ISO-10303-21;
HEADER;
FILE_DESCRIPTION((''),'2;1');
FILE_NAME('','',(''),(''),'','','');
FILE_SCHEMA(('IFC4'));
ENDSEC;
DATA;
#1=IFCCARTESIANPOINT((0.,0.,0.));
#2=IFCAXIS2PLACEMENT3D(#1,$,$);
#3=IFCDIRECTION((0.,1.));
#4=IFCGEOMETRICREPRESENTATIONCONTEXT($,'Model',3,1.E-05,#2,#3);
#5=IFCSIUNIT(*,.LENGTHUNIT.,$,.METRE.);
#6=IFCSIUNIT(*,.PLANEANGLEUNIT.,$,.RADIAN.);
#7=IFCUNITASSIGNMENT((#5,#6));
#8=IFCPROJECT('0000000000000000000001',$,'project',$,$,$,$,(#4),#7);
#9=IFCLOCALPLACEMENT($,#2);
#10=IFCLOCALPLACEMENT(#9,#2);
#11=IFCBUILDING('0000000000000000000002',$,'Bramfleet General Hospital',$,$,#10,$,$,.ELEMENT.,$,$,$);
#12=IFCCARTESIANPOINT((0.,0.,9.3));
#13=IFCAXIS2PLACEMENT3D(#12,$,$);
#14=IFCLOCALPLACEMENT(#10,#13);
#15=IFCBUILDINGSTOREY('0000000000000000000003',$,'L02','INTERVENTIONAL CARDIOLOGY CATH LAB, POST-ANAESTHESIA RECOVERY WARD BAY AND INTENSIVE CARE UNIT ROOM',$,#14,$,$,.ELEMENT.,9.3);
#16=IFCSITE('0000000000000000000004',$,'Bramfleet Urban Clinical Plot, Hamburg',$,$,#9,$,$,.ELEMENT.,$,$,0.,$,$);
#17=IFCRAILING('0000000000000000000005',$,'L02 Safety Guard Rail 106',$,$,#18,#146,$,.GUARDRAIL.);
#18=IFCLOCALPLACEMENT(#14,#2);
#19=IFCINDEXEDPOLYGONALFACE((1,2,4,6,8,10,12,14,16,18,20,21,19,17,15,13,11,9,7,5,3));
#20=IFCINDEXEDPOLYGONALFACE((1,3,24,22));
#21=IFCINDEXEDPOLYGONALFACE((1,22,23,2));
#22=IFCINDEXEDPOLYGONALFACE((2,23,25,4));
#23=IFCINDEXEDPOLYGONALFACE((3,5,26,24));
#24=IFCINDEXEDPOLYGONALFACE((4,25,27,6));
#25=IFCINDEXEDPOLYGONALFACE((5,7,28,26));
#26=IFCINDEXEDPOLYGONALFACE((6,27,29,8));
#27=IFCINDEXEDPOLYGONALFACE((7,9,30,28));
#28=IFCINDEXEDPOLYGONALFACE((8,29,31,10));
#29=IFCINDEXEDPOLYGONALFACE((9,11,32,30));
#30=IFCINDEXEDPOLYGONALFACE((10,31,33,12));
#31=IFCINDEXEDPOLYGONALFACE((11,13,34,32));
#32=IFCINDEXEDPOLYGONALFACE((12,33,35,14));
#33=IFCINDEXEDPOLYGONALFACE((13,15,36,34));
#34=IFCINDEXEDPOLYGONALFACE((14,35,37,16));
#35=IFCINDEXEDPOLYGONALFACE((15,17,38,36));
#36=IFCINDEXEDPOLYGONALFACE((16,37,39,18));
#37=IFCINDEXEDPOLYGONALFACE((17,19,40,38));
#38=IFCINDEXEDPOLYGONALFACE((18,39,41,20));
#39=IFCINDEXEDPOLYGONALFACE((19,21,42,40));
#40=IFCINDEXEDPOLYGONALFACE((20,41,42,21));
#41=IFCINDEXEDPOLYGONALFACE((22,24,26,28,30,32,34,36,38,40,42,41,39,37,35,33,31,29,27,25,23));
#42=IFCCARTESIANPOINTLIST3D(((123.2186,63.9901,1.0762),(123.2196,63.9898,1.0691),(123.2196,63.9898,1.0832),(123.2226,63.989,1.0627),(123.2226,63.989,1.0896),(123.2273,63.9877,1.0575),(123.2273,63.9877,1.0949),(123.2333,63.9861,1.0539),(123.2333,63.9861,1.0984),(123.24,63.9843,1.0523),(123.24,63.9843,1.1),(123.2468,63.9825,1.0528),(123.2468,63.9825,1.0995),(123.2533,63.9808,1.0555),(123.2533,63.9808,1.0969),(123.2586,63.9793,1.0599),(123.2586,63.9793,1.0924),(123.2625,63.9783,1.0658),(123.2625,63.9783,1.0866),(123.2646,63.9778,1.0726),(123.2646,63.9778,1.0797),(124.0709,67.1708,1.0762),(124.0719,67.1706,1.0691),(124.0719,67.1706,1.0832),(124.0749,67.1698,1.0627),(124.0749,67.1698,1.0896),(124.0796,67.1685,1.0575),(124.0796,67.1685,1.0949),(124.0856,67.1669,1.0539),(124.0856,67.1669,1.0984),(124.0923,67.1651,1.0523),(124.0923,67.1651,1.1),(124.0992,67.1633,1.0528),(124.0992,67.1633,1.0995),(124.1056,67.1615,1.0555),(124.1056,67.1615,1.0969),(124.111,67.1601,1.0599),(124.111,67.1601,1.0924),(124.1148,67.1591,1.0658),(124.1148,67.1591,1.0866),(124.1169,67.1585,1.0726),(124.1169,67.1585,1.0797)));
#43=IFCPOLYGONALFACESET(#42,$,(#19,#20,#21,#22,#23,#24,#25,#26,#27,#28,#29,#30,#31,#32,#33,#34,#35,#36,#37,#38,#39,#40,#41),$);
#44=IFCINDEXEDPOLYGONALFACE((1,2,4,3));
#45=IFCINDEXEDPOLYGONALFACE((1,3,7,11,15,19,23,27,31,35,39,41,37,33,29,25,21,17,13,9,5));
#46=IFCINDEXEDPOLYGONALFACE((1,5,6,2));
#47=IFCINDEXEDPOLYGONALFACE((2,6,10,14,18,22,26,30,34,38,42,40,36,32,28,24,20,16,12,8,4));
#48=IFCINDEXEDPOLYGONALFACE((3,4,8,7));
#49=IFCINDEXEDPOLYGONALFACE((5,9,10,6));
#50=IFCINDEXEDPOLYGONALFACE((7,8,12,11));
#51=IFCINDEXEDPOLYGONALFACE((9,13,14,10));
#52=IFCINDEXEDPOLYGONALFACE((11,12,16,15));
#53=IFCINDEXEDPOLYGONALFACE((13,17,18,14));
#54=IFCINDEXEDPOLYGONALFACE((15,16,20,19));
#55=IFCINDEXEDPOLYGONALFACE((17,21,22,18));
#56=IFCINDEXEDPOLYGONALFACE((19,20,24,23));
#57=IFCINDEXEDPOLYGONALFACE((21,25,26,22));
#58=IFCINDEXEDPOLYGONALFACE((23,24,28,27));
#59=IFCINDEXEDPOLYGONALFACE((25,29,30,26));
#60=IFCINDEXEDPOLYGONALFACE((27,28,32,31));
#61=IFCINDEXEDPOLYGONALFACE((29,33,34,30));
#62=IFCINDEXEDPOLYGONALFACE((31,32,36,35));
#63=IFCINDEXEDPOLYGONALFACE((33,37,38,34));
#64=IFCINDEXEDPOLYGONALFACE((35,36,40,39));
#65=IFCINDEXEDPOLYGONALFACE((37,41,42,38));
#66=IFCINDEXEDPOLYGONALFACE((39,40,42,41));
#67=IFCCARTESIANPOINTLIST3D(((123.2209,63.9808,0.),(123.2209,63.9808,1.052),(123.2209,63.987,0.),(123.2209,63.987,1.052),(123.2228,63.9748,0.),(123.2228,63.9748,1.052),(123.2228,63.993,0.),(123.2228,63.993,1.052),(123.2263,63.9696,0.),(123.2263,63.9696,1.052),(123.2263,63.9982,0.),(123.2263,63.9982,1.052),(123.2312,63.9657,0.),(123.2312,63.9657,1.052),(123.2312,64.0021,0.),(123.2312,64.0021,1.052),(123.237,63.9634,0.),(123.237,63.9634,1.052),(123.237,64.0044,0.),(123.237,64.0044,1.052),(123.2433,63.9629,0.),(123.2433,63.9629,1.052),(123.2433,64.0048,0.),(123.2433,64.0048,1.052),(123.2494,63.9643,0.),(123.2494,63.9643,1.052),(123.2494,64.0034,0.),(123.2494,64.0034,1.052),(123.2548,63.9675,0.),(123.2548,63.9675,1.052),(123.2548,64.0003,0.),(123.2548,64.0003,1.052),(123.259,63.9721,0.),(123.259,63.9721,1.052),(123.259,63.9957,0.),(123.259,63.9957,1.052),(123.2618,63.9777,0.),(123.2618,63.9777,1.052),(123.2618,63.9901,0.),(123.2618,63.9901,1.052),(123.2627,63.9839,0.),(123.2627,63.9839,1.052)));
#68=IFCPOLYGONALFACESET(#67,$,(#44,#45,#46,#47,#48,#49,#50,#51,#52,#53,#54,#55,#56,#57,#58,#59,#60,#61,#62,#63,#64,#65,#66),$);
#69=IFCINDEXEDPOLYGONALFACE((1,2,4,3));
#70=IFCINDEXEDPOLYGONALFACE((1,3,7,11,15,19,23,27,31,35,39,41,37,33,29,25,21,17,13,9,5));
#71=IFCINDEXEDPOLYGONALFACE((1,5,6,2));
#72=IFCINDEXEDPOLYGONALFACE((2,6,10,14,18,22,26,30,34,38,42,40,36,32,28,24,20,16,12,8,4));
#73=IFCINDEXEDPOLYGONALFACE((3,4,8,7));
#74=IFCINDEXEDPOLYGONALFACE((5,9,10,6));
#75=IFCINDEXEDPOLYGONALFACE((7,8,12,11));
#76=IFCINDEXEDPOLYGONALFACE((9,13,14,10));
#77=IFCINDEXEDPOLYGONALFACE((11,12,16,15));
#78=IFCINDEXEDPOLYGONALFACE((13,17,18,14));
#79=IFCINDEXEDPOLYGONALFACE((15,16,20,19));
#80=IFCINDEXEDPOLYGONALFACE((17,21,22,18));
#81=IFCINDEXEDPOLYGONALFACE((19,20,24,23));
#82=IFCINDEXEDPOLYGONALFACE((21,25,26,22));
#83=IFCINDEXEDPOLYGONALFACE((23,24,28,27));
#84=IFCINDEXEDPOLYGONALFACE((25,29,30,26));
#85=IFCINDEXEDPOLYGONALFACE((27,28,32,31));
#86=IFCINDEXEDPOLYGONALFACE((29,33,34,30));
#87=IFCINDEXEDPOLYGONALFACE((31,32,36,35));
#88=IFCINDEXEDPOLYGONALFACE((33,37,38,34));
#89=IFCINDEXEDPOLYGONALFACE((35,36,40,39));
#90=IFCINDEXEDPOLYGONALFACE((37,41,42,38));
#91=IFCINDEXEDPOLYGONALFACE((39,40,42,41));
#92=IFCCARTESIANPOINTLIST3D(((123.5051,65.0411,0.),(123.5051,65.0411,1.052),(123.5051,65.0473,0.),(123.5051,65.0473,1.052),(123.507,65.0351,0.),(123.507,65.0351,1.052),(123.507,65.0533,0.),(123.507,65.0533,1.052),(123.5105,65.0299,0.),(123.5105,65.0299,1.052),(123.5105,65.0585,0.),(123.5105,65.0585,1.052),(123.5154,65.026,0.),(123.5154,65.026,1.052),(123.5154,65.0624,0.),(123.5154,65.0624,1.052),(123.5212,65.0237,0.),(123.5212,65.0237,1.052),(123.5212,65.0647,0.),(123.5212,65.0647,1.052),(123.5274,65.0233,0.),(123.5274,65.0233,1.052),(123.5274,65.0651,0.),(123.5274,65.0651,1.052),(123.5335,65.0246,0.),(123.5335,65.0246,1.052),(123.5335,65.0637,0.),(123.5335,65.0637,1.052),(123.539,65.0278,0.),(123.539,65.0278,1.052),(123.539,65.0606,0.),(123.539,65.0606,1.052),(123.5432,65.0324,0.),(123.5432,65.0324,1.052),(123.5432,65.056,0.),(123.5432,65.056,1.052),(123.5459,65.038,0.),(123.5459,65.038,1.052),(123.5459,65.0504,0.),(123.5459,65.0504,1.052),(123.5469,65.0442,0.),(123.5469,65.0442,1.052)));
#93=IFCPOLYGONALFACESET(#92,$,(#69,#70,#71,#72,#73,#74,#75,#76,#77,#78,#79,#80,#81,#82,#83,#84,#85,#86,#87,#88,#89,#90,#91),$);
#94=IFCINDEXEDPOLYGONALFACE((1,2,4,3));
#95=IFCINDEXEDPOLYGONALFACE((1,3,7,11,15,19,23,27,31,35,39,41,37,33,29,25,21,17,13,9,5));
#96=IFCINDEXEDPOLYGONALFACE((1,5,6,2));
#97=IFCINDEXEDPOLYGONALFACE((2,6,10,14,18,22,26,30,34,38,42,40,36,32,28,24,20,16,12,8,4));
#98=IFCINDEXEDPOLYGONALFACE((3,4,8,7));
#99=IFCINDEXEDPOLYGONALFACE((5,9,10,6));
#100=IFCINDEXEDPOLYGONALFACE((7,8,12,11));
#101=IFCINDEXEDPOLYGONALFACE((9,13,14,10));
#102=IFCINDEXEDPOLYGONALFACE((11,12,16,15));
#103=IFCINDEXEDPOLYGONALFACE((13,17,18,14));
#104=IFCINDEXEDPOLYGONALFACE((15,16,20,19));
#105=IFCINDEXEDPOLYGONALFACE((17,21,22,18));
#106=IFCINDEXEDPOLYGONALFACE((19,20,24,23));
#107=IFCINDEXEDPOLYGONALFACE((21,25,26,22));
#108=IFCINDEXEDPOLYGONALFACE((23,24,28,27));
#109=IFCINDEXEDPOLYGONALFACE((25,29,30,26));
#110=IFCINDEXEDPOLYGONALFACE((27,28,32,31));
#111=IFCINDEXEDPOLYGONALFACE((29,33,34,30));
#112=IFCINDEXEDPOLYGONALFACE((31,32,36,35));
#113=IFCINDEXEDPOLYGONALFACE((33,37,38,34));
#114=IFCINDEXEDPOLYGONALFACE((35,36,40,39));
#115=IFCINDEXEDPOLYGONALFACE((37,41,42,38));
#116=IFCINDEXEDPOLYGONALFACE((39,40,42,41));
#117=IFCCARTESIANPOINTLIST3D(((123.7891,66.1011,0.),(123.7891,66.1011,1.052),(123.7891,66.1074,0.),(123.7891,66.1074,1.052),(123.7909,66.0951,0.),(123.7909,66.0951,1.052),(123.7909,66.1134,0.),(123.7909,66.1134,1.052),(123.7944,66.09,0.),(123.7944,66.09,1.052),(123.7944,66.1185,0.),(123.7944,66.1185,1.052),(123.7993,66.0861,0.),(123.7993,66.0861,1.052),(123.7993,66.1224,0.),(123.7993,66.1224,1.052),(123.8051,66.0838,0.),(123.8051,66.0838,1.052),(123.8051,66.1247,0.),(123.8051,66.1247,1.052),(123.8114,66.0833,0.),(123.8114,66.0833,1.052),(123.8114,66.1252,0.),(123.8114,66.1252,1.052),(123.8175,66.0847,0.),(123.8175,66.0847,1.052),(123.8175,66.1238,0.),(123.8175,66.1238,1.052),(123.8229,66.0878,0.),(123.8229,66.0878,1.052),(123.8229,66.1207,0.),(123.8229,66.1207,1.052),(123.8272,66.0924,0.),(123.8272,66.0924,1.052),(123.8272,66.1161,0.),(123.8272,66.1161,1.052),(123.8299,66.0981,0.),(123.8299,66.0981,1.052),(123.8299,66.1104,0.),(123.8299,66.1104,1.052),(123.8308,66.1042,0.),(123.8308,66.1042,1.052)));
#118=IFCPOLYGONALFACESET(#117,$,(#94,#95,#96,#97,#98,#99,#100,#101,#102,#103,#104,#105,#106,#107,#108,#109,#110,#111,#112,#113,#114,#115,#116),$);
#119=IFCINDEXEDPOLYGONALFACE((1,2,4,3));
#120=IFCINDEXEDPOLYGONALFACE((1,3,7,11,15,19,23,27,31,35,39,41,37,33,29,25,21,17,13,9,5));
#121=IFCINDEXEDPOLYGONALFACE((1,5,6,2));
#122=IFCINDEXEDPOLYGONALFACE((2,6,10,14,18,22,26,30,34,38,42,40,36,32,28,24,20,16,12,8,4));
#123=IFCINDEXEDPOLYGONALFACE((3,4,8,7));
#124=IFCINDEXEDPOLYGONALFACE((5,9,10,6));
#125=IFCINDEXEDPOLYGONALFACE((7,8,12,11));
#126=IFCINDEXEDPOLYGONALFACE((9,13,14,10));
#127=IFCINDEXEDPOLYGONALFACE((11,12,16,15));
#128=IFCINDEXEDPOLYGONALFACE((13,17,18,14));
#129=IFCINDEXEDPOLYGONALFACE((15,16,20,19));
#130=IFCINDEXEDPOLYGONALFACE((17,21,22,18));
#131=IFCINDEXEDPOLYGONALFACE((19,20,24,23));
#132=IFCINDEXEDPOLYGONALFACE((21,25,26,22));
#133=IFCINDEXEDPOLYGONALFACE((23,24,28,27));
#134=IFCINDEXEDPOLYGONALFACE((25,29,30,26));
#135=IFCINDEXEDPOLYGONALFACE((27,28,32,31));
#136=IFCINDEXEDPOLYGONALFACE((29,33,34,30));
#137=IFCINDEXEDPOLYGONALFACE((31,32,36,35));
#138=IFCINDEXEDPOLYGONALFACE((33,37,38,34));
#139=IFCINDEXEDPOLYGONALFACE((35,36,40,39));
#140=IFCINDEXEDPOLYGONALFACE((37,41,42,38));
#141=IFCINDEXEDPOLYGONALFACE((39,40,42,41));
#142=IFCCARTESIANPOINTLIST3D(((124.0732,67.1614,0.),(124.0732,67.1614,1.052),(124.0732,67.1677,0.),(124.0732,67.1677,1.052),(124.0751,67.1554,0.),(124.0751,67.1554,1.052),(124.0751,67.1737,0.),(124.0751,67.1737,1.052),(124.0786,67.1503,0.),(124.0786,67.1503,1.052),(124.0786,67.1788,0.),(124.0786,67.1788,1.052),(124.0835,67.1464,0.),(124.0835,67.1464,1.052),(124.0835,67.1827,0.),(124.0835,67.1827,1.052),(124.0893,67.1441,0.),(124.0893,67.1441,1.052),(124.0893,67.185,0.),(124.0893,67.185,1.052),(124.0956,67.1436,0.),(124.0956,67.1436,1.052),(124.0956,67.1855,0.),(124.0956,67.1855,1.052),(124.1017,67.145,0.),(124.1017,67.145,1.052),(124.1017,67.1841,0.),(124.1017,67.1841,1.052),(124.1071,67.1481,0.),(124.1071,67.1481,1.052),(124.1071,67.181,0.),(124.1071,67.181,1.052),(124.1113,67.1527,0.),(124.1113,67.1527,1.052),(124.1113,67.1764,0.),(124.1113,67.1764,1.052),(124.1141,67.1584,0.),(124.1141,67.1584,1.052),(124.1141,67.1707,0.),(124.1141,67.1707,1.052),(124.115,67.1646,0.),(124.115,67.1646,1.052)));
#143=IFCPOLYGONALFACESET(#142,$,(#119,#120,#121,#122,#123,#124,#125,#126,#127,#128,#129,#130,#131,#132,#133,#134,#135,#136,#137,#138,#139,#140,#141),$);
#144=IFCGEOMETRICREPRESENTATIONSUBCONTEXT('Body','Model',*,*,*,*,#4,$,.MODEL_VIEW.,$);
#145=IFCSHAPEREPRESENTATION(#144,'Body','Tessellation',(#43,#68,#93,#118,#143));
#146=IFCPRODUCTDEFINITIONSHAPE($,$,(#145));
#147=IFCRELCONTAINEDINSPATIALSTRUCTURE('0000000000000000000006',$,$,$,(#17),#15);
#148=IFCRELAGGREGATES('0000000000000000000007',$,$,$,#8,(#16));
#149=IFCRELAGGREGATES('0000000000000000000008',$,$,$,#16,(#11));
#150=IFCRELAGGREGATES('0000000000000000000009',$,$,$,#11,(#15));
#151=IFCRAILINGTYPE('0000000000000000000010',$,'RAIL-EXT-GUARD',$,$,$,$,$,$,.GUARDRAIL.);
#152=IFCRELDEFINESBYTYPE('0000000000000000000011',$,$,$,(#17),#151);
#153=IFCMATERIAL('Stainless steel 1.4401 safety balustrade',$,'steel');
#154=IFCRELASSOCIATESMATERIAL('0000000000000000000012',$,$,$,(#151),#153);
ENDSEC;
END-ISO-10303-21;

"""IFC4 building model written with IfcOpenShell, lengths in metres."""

from ifc_helpers import new_model, si_unit, direction, frame, origin, origin_2d, place, context, subcontext, project, spatial, circle, extrude, material, type_object, element, save


model = new_model("IFC4")

# Units and contexts
model_context = context("Model", 3, precision=1e-05, world=origin(), true_north=direction((0.0, 1.0)))
body_context = subcontext(model_context, "Body", "Model", "MODEL_VIEW")
ifc_project = project(units=[si_unit("LENGTHUNIT", "METRE"), si_unit("PLANEANGLEUNIT", "RADIAN")], contexts=[model_context])

# Site, building, storey
site_placement = place(None, origin())
site = spatial("IfcSite", under=ifc_project, at=site_placement, Name="Bramfleet Urban Clinical Plot, Hamburg", CompositionType="ELEMENT", RefElevation=0.0)
building_placement = place(site_placement, origin())
building = spatial("IfcBuilding", under=site, at=building_placement, Name="Bramfleet General Hospital", CompositionType="ELEMENT")
storey_placement = place(building_placement, frame((0.0, 0.0, 9.3)))
storey = spatial("IfcBuildingStorey", under=building, at=storey_placement, Name="L02", Description="INTERVENTIONAL CARDIOLOGY CATH LAB, POST-ANAESTHESIA RECOVERY WARD BAY AND INTENSIVE CARE UNIT ROOM", CompositionType="ELEMENT", Elevation=9.3)

# Railing
ifc_material_1 = material(Name="Stainless steel 1.4401 safety balustrade", Category="steel")
railing_type = type_object("IfcRailingType", Name="RAIL-EXT-GUARD", PredefinedType="GUARDRAIL", material=ifc_material_1)
railing_placement = place(storey_placement, frame((123.2417, 63.9839, 0.0)))
element("IfcRailing", 1, at=railing_placement, inside=storey, type_object=railing_type, Name="L02 Safety Guard Rail 106", PredefinedType="GUARDRAIL", context=body_context, shape_type="SweptSolid", body=[
    extrude(circle(Radius=0.0239, at=origin_2d()), frame((0.0, 0.0, 1.0762), z_axis=(0.25883, 0.965923, 0.0), x_axis=(-0.965923, 0.25883, 0.0)), (0.0, 0.0, 1.0), 3.293),
    extrude(circle(Radius=0.021, at=origin_2d()), origin(), (0.0, 0.0, 1.0), 1.052),
    extrude(circle(Radius=0.021, at=origin_2d()), frame((0.2842, 1.0603, 0.0)), (0.0, 0.0, 1.0), 1.052),
    extrude(circle(Radius=0.021, at=origin_2d()), frame((0.5681, 2.1204, 0.0)), (0.0, 0.0, 1.0), 1.052),
    extrude(circle(Radius=0.021, at=origin_2d()), frame((0.8523, 3.1807, 0.0)), (0.0, 0.0, 1.0), 1.052),
])

save(model, "model.ifc")
